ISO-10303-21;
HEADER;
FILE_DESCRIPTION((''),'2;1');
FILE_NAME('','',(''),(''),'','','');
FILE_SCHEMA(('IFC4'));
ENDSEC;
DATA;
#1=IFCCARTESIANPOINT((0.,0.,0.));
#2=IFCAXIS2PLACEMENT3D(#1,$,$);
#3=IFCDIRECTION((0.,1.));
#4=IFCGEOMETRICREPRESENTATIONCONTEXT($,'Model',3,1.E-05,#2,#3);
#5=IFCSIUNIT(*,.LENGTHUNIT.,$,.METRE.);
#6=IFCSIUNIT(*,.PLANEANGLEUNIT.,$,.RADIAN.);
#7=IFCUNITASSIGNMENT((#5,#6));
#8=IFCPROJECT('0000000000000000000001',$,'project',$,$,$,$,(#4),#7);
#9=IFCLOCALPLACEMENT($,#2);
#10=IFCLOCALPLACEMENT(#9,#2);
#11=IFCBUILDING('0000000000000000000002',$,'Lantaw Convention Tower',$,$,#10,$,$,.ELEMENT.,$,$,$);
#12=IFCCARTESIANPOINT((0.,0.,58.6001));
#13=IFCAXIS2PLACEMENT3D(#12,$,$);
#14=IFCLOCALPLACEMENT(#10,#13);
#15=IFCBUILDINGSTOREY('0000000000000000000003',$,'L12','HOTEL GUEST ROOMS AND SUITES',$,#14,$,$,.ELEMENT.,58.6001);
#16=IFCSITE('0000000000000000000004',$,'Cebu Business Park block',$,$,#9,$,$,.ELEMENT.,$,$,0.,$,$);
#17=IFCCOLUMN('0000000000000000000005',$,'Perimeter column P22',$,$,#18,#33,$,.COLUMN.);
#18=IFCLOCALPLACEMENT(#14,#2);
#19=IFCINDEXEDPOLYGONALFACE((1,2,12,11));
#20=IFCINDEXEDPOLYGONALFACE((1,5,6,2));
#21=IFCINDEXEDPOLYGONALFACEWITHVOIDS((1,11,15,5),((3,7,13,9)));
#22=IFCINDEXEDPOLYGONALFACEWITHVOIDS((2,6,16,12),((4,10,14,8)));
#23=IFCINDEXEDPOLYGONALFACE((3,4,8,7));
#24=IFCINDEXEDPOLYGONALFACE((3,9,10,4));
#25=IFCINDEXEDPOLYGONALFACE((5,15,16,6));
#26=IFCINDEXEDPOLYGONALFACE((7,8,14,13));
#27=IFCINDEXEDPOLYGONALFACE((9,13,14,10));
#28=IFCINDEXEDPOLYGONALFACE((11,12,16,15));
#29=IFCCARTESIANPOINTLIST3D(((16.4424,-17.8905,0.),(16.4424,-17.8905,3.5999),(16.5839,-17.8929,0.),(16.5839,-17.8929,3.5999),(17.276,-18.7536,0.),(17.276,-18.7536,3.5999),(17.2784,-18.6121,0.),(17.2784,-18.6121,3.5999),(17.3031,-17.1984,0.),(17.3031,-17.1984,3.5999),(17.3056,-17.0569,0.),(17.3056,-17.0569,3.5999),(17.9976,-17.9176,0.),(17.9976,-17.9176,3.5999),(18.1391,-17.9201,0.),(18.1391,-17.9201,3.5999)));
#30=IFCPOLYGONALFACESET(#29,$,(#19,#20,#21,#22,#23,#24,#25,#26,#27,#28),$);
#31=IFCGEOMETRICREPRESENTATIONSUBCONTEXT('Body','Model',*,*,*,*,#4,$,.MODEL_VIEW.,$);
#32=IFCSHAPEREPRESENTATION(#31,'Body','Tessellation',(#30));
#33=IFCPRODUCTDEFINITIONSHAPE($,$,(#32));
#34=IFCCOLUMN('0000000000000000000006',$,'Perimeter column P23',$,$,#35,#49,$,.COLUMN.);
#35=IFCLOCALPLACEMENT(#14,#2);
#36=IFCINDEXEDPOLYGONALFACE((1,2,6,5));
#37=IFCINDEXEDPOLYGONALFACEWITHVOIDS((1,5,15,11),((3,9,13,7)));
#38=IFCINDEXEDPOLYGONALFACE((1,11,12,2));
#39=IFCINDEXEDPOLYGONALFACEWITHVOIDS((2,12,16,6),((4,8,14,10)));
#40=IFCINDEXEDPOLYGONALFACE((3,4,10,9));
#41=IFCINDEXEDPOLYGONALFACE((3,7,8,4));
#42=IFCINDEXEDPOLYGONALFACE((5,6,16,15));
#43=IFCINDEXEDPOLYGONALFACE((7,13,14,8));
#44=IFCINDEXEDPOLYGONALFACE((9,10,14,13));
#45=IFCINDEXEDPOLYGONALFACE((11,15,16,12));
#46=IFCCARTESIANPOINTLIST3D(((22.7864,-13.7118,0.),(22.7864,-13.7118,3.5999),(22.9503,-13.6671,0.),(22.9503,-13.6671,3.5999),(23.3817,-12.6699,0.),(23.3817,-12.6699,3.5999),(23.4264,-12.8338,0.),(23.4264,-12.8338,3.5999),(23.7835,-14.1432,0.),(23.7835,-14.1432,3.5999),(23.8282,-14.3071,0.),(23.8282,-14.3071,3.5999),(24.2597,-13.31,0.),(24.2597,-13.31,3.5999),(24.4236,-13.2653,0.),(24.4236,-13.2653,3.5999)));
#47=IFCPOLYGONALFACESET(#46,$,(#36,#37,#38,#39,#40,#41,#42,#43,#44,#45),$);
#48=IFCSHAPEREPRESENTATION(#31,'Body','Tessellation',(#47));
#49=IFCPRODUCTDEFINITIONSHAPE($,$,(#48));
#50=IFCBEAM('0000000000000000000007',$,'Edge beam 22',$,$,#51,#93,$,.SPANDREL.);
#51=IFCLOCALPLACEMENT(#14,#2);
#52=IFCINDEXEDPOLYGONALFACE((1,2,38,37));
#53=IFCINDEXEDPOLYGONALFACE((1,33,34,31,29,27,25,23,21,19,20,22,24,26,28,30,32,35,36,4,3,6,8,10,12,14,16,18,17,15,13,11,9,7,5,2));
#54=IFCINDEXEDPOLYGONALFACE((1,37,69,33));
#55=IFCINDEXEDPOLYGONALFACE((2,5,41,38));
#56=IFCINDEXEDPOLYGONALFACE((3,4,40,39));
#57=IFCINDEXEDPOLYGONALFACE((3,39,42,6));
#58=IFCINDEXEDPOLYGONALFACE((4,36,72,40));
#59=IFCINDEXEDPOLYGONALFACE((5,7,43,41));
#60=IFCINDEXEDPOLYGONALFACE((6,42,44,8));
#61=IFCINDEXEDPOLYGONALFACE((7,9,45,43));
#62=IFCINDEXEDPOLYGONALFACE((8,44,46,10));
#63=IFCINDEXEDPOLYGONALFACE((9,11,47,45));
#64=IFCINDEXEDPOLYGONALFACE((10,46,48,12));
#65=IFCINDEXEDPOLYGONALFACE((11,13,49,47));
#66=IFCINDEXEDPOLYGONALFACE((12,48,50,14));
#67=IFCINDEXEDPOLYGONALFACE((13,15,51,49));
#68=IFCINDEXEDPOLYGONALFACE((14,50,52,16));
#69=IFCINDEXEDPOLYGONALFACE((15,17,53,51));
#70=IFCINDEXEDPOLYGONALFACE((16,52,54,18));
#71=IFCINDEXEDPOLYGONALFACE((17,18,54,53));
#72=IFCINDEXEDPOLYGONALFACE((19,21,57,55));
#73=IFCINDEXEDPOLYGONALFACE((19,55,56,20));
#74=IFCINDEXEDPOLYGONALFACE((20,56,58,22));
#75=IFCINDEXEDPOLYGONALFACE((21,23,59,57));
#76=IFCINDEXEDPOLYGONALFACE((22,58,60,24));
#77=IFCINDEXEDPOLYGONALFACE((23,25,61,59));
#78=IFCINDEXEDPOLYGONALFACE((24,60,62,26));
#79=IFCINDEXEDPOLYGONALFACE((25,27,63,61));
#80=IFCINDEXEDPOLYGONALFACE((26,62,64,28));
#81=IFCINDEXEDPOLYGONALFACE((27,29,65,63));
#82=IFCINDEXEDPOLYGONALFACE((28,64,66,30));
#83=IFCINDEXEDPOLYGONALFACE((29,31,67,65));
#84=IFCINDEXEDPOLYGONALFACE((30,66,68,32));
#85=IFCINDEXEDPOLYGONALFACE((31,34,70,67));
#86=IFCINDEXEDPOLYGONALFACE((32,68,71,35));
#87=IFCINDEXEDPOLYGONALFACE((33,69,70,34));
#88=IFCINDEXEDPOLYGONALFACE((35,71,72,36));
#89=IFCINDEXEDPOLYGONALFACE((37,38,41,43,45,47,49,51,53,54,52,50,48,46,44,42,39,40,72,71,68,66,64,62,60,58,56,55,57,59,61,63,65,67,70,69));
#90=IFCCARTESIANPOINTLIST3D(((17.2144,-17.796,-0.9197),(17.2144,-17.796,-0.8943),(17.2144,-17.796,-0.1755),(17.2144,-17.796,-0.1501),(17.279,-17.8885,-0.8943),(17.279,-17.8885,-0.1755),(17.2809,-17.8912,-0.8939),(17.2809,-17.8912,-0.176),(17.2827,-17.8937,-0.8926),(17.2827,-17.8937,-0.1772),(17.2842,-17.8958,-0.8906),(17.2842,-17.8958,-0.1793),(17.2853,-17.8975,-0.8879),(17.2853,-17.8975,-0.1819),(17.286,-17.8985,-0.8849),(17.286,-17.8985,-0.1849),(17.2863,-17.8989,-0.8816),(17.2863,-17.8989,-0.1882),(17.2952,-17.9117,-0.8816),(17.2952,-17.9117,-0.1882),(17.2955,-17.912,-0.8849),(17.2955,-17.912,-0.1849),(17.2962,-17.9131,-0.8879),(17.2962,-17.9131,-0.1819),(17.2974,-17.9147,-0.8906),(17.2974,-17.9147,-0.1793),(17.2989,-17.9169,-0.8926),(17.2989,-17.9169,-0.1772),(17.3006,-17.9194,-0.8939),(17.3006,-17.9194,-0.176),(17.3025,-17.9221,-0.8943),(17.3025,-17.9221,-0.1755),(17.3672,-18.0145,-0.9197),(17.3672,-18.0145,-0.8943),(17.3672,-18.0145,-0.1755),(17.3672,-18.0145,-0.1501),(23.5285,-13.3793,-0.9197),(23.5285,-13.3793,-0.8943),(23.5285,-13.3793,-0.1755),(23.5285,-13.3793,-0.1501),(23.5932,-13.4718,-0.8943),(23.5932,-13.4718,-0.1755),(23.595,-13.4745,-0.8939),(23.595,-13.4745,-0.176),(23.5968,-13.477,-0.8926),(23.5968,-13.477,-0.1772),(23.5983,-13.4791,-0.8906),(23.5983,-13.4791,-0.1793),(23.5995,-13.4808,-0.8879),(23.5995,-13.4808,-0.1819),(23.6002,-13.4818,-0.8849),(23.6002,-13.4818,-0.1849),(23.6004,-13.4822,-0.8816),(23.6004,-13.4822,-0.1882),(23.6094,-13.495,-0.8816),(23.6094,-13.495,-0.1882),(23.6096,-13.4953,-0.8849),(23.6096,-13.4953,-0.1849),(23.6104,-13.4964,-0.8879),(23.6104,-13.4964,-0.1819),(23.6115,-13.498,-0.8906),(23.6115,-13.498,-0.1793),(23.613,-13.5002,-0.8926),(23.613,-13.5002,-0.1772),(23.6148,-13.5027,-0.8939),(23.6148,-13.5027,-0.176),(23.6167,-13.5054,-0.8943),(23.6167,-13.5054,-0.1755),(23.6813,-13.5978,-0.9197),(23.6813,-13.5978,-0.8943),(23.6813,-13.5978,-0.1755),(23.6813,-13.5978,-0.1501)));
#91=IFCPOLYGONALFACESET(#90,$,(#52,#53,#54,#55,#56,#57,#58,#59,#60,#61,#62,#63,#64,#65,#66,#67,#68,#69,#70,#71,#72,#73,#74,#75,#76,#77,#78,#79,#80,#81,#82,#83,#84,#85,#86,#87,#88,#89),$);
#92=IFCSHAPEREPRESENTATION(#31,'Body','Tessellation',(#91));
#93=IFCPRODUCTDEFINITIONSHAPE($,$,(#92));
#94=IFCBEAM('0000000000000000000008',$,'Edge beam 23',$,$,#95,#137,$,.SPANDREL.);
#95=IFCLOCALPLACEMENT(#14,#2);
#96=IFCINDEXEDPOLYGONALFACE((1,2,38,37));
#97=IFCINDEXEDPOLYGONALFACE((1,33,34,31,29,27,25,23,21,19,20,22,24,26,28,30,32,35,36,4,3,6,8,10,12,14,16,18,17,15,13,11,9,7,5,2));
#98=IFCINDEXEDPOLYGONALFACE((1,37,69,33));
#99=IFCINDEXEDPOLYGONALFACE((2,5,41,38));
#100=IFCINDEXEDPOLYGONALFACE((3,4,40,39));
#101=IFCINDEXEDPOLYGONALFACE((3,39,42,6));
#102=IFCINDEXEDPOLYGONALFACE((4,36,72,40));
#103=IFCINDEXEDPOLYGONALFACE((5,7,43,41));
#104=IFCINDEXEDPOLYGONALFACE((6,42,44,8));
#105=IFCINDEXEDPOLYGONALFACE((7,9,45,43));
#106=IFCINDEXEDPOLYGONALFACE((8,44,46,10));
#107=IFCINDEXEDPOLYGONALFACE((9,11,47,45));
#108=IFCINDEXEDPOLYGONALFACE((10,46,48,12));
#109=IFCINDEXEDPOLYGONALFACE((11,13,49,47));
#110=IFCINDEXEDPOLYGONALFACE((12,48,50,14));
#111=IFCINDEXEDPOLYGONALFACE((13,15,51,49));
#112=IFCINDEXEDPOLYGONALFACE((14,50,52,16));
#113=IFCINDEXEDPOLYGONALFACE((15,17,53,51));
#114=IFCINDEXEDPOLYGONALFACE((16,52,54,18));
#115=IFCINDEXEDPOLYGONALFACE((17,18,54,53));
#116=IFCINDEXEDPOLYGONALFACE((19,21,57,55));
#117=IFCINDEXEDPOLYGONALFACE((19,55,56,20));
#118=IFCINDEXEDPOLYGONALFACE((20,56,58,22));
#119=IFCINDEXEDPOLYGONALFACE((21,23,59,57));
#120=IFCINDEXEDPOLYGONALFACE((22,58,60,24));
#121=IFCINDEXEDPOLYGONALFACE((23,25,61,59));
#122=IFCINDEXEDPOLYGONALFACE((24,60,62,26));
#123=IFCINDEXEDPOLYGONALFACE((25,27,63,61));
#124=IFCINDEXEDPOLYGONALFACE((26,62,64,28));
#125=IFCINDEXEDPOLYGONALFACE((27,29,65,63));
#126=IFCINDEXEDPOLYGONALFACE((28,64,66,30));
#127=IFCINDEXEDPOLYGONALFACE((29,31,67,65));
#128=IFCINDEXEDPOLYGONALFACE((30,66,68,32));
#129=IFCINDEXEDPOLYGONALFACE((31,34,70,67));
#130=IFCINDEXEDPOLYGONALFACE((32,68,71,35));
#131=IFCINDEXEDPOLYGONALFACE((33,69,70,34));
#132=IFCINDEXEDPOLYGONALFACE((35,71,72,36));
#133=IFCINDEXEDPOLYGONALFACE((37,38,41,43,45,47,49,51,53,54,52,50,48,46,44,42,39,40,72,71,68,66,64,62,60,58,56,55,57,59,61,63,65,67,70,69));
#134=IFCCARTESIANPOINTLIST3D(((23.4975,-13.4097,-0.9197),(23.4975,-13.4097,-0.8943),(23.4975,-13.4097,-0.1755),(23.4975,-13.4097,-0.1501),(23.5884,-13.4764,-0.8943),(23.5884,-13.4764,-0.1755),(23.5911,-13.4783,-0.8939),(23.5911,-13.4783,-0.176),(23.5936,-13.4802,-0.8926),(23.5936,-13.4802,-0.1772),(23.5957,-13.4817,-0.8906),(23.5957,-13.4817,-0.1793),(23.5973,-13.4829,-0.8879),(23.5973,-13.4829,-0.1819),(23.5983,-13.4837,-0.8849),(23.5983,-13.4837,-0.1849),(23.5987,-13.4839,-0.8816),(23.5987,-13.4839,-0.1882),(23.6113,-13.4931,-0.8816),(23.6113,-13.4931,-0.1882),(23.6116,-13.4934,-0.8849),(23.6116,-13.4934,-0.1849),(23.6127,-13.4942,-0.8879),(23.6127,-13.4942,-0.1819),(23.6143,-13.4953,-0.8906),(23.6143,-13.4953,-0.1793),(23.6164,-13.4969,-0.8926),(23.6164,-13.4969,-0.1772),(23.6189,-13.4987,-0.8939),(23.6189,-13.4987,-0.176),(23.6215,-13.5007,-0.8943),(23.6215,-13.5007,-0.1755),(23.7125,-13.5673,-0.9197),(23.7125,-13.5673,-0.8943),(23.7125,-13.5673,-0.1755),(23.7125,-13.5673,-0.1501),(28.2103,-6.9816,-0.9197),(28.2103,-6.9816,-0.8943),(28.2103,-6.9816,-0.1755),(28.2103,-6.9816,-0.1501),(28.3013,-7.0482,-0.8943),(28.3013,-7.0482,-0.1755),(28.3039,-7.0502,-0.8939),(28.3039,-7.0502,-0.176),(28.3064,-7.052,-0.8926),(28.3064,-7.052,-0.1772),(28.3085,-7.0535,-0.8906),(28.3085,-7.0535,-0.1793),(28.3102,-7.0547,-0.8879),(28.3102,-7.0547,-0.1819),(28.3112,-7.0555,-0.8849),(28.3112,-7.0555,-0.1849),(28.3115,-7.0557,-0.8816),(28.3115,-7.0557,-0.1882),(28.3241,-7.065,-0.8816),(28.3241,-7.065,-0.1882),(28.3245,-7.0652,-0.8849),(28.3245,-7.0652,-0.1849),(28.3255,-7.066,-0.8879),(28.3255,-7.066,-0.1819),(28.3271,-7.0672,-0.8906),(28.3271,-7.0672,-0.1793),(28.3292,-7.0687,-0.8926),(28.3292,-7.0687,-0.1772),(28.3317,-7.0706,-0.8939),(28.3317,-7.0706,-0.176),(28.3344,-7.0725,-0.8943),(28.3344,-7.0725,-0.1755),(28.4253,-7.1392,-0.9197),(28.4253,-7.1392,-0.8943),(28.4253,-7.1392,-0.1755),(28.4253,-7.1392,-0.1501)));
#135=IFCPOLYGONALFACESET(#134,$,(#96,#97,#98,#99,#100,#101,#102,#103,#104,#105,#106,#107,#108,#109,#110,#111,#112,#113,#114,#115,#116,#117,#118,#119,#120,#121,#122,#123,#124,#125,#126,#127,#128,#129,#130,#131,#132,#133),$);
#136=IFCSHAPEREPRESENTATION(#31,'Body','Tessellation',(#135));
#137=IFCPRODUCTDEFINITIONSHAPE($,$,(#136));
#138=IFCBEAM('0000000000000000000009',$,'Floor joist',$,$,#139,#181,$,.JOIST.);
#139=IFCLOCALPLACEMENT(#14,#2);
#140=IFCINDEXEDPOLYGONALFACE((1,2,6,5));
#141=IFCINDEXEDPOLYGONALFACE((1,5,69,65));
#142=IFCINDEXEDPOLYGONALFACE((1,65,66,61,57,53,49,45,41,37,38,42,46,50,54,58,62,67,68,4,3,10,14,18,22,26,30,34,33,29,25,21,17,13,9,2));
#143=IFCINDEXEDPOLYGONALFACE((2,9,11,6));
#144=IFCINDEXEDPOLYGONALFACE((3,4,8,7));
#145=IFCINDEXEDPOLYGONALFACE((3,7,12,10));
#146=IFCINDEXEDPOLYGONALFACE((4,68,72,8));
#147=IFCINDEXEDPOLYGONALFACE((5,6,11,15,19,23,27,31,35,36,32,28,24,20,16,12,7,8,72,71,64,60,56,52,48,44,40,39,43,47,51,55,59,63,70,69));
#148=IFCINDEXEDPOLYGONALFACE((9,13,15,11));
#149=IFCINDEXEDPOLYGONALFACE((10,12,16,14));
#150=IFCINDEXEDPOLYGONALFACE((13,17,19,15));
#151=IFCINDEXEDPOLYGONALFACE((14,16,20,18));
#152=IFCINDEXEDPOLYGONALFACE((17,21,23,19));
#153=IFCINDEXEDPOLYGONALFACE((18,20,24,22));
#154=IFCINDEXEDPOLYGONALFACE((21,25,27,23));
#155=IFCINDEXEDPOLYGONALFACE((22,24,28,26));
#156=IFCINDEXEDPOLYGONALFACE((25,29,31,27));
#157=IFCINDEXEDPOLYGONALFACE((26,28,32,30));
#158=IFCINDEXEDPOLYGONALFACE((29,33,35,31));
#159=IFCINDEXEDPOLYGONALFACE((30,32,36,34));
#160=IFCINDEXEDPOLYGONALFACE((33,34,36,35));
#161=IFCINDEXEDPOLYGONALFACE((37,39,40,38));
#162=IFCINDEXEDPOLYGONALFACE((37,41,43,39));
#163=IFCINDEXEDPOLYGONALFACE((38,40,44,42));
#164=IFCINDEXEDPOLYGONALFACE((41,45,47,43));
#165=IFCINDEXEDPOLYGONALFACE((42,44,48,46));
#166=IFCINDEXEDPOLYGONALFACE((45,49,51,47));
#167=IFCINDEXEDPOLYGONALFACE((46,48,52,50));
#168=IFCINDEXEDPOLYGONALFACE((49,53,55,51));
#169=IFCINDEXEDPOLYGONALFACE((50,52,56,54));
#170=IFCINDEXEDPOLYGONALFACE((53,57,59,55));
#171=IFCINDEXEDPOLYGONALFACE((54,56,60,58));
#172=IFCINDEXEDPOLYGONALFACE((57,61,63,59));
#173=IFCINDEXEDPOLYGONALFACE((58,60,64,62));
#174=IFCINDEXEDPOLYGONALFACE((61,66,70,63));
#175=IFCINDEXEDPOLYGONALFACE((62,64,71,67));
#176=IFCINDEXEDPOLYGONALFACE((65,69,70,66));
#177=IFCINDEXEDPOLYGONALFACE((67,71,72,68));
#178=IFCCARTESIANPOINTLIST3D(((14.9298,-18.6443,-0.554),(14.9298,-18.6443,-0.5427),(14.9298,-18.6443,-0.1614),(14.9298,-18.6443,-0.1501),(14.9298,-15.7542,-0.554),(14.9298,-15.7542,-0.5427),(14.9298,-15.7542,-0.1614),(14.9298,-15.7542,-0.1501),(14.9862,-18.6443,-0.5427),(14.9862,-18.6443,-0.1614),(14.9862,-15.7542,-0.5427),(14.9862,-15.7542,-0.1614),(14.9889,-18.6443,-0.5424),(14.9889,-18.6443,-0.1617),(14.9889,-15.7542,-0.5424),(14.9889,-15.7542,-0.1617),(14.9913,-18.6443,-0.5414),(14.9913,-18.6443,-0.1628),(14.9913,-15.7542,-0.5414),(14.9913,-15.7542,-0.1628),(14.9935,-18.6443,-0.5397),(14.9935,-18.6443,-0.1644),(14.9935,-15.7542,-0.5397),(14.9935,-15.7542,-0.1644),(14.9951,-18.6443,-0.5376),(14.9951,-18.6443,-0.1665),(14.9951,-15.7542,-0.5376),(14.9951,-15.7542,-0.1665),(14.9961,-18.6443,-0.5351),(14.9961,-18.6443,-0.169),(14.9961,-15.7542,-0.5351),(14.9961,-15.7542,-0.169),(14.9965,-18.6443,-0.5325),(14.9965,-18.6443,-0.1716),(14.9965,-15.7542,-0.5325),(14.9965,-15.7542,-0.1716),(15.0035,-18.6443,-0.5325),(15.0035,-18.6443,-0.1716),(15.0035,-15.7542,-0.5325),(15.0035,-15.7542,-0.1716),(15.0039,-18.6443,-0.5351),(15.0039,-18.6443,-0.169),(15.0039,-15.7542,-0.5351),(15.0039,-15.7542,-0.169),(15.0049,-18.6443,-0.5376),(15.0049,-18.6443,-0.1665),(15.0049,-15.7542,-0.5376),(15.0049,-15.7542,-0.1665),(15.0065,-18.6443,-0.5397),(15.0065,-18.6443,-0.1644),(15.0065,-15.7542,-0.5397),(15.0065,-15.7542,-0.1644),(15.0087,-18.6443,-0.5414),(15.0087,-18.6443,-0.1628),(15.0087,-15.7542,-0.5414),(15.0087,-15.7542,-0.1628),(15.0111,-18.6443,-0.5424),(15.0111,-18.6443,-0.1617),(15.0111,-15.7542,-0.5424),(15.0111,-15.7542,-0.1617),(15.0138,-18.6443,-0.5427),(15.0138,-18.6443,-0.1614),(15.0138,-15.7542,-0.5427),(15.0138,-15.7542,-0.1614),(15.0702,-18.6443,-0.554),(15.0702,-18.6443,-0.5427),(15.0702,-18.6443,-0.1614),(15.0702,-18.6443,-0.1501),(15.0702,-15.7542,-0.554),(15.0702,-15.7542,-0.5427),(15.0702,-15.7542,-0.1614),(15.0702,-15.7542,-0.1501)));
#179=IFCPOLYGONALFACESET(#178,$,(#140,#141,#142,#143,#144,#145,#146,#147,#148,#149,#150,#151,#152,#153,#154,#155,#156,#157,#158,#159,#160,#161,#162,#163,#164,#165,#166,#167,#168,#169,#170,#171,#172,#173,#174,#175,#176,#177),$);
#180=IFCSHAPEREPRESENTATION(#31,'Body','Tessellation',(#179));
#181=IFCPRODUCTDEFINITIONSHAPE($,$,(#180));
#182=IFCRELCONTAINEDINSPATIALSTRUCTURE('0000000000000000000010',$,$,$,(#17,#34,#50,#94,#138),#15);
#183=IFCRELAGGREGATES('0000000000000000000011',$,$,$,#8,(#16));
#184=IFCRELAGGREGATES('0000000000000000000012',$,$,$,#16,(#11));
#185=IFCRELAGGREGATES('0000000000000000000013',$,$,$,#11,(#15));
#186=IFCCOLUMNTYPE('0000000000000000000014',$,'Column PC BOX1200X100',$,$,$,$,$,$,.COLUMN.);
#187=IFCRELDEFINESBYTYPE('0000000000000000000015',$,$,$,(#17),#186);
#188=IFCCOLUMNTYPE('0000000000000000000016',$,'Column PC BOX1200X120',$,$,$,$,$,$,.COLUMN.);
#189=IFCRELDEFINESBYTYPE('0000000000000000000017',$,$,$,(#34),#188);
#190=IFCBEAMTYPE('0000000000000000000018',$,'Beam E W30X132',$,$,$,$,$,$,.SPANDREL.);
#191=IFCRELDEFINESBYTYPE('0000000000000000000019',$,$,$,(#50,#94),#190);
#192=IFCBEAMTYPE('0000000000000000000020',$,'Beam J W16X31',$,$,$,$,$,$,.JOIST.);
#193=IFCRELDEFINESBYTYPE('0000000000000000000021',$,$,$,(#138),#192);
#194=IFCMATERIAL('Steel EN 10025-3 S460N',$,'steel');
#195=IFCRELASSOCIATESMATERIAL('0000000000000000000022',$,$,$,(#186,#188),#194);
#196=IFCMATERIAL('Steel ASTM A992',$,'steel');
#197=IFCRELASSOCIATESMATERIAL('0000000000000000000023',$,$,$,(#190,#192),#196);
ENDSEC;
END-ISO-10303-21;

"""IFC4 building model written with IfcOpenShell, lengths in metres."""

from ifc_helpers import new_model, si_unit, direction, frame, origin, origin_2d, place, context, subcontext, project, spatial, rectangle, hollow_rectangle, i_section, extrude, material, material_profile, profile_set, type_object, element, save


model = new_model("IFC4")

# Units and contexts
model_context = context("Model", 3, precision=1e-05, world=origin(), true_north=direction((0.0, 1.0)))
body_context = subcontext(model_context, "Body", "Model", "MODEL_VIEW")
ifc_project = project(units=[si_unit("LENGTHUNIT", "METRE"), si_unit("PLANEANGLEUNIT", "RADIAN")], contexts=[model_context])

# Site, building, storey
site_placement = place(None, origin())
site = spatial("IfcSite", under=ifc_project, at=site_placement, Name="Cebu Business Park block", CompositionType="ELEMENT", RefElevation=0.0)
building_placement = place(site_placement, origin())
building = spatial("IfcBuilding", under=site, at=building_placement, Name="Lantaw Convention Tower", CompositionType="ELEMENT")
storey_placement = place(building_placement, frame((0.0, 0.0, 58.6001)))
storey = spatial("IfcBuildingStorey", under=building, at=storey_placement, Name="L12", Description="HOTEL GUEST ROOMS AND SUITES", CompositionType="ELEMENT", Elevation=58.6001)

# Columns
ifc_material_1 = material(Name="Steel EN 10025-3 S460N", Category="steel")
ifc_material_profile_1 = material_profile(ifc_material_1, hollow_rectangle(XDim=1.2, YDim=1.2, WallThickness=0.1001, at=origin_2d()), Name="BOX1200X100")
ifc_material_2 = material(Name="Concrete C60/75", Category="concrete")
ifc_material_profile_2 = material_profile(ifc_material_2, rectangle(XDim=1.0, YDim=1.0, at=origin_2d()), Name="Concrete fill of BOX1200X100")
ifc_profile_set_1 = profile_set([ifc_material_profile_1, ifc_material_profile_2], Name="Steel EN 10025-3 S460N")
column_type_1 = type_object("IfcColumnType", Name="Column PC BOX1200X100", PredefinedType="COLUMN", material=ifc_profile_set_1)
column_1_placement = place(storey_placement, frame((17.2908, -17.9053, 0.0), z_axis=(0.0, 0.0, 1.0), x_axis=(0.71934, 0.694658, 0.0)))
element("IfcColumn", 1, at=column_1_placement, inside=storey, type_object=column_type_1, Name="Perimeter column P22", PredefinedType="COLUMN", context=body_context, shape_type="SweptSolid", body=[
    extrude(hollow_rectangle(XDim=1.2, YDim=1.2, WallThickness=0.1001, at=origin_2d()), origin(), (0.0, 0.0, 1.0), 3.5999),
])
ifc_material_profile_3 = material_profile(ifc_material_1, hollow_rectangle(XDim=1.2, YDim=1.2, WallThickness=0.1201, at=origin_2d()), Name="BOX1200X120")
ifc_material_profile_4 = material_profile(ifc_material_2, rectangle(XDim=0.96, YDim=0.96, at=origin_2d()), Name="Concrete fill of BOX1200X120")
ifc_profile_set_2 = profile_set([ifc_material_profile_3, ifc_material_profile_4], Name="Steel EN 10025-3 S460N")
column_type_2 = type_object("IfcColumnType", Name="Column PC BOX1200X120", PredefinedType="COLUMN", material=ifc_profile_set_2)
column_2_placement = place(storey_placement, frame((23.605, -13.4885, 0.0), z_axis=(0.0, 0.0, 1.0), x_axis=(0.496139, 0.868243, 0.0)))
element("IfcColumn", 2, at=column_2_placement, inside=storey, type_object=column_type_2, Name="Perimeter column P23", PredefinedType="COLUMN", context=body_context, shape_type="SweptSolid", body=[
    extrude(hollow_rectangle(XDim=1.2, YDim=1.2, WallThickness=0.1201, at=origin_2d()), origin(), (0.0, 0.0, 1.0), 3.5999),
])

# Beams
ifc_material_3 = material(Name="Steel ASTM A992", Category="steel")
ifc_material_profile_5 = material_profile(ifc_material_3, i_section(OverallWidth=0.2666, OverallDepth=0.7695, WebThickness=0.0156, FlangeThickness=0.0254, FilletRadius=0.0127, at=origin_2d()), Name="W30X132")
ifc_profile_set_3 = profile_set([ifc_material_profile_5], Name="Steel ASTM A992")
beam_type_1 = type_object("IfcBeamType", Name="Beam E W30X132", PredefinedType="SPANDREL", material=ifc_profile_set_3)
beam_1_placement = place(storey_placement, frame((17.2908, -17.9053, -0.5349), z_axis=(0.819427, 0.573184, 0.0), x_axis=(-0.573184, 0.819427, 0.0)))
element("IfcBeam", 3, at=beam_1_placement, inside=storey, type_object=beam_type_1, Name="Edge beam 22", PredefinedType="SPANDREL", context=body_context, shape_type="SweptSolid", body=[
    extrude(i_section(OverallWidth=0.2666, OverallDepth=0.7695, WebThickness=0.0156, FlangeThickness=0.0254, FilletRadius=0.0127, at=origin_2d()), origin(), (0.0, 0.0, 1.0), 7.7056),
])
beam_2_placement = place(storey_placement, frame((23.605, -13.4885, -0.5349), z_axis=(0.591271, 0.806473, 0.0), x_axis=(-0.806473, 0.591271, 0.0)))
element("IfcBeam", 4, at=beam_2_placement, inside=storey, type_object=beam_type_1, Name="Edge beam 23", PredefinedType="SPANDREL", context=body_context, shape_type="SweptSolid", body=[
    extrude(i_section(OverallWidth=0.2666, OverallDepth=0.7695, WebThickness=0.0156, FlangeThickness=0.0254, FilletRadius=0.0127, at=origin_2d()), origin(), (0.0, 0.0, 1.0), 7.9707),
])
ifc_material_profile_6 = material_profile(ifc_material_3, i_section(OverallWidth=0.1404, OverallDepth=0.4038, WebThickness=0.0071, FlangeThickness=0.0112, FilletRadius=0.0103, at=origin_2d()), Name="W16X31")
ifc_profile_set_4 = profile_set([ifc_material_profile_6], Name="Steel ASTM A992")
beam_type_2 = type_object("IfcBeamType", Name="Beam J W16X31", PredefinedType="JOIST", material=ifc_profile_set_4)
beam_3_placement = place(storey_placement, frame((15.0, -18.6443, -0.3521), z_axis=(0.0, 1.0, 0.0), x_axis=(-1.0, 0.0, 0.0)))
element("IfcBeam", 5, at=beam_3_placement, inside=storey, type_object=beam_type_2, Name="Floor joist", PredefinedType="JOIST", context=body_context, shape_type="SweptSolid", body=[
    extrude(i_section(OverallWidth=0.1404, OverallDepth=0.4038, WebThickness=0.0071, FlangeThickness=0.0112, FilletRadius=0.0103, at=origin_2d()), origin(), (0.0, 0.0, 1.0), 2.8901),
])

save(model, "model.ifc")
